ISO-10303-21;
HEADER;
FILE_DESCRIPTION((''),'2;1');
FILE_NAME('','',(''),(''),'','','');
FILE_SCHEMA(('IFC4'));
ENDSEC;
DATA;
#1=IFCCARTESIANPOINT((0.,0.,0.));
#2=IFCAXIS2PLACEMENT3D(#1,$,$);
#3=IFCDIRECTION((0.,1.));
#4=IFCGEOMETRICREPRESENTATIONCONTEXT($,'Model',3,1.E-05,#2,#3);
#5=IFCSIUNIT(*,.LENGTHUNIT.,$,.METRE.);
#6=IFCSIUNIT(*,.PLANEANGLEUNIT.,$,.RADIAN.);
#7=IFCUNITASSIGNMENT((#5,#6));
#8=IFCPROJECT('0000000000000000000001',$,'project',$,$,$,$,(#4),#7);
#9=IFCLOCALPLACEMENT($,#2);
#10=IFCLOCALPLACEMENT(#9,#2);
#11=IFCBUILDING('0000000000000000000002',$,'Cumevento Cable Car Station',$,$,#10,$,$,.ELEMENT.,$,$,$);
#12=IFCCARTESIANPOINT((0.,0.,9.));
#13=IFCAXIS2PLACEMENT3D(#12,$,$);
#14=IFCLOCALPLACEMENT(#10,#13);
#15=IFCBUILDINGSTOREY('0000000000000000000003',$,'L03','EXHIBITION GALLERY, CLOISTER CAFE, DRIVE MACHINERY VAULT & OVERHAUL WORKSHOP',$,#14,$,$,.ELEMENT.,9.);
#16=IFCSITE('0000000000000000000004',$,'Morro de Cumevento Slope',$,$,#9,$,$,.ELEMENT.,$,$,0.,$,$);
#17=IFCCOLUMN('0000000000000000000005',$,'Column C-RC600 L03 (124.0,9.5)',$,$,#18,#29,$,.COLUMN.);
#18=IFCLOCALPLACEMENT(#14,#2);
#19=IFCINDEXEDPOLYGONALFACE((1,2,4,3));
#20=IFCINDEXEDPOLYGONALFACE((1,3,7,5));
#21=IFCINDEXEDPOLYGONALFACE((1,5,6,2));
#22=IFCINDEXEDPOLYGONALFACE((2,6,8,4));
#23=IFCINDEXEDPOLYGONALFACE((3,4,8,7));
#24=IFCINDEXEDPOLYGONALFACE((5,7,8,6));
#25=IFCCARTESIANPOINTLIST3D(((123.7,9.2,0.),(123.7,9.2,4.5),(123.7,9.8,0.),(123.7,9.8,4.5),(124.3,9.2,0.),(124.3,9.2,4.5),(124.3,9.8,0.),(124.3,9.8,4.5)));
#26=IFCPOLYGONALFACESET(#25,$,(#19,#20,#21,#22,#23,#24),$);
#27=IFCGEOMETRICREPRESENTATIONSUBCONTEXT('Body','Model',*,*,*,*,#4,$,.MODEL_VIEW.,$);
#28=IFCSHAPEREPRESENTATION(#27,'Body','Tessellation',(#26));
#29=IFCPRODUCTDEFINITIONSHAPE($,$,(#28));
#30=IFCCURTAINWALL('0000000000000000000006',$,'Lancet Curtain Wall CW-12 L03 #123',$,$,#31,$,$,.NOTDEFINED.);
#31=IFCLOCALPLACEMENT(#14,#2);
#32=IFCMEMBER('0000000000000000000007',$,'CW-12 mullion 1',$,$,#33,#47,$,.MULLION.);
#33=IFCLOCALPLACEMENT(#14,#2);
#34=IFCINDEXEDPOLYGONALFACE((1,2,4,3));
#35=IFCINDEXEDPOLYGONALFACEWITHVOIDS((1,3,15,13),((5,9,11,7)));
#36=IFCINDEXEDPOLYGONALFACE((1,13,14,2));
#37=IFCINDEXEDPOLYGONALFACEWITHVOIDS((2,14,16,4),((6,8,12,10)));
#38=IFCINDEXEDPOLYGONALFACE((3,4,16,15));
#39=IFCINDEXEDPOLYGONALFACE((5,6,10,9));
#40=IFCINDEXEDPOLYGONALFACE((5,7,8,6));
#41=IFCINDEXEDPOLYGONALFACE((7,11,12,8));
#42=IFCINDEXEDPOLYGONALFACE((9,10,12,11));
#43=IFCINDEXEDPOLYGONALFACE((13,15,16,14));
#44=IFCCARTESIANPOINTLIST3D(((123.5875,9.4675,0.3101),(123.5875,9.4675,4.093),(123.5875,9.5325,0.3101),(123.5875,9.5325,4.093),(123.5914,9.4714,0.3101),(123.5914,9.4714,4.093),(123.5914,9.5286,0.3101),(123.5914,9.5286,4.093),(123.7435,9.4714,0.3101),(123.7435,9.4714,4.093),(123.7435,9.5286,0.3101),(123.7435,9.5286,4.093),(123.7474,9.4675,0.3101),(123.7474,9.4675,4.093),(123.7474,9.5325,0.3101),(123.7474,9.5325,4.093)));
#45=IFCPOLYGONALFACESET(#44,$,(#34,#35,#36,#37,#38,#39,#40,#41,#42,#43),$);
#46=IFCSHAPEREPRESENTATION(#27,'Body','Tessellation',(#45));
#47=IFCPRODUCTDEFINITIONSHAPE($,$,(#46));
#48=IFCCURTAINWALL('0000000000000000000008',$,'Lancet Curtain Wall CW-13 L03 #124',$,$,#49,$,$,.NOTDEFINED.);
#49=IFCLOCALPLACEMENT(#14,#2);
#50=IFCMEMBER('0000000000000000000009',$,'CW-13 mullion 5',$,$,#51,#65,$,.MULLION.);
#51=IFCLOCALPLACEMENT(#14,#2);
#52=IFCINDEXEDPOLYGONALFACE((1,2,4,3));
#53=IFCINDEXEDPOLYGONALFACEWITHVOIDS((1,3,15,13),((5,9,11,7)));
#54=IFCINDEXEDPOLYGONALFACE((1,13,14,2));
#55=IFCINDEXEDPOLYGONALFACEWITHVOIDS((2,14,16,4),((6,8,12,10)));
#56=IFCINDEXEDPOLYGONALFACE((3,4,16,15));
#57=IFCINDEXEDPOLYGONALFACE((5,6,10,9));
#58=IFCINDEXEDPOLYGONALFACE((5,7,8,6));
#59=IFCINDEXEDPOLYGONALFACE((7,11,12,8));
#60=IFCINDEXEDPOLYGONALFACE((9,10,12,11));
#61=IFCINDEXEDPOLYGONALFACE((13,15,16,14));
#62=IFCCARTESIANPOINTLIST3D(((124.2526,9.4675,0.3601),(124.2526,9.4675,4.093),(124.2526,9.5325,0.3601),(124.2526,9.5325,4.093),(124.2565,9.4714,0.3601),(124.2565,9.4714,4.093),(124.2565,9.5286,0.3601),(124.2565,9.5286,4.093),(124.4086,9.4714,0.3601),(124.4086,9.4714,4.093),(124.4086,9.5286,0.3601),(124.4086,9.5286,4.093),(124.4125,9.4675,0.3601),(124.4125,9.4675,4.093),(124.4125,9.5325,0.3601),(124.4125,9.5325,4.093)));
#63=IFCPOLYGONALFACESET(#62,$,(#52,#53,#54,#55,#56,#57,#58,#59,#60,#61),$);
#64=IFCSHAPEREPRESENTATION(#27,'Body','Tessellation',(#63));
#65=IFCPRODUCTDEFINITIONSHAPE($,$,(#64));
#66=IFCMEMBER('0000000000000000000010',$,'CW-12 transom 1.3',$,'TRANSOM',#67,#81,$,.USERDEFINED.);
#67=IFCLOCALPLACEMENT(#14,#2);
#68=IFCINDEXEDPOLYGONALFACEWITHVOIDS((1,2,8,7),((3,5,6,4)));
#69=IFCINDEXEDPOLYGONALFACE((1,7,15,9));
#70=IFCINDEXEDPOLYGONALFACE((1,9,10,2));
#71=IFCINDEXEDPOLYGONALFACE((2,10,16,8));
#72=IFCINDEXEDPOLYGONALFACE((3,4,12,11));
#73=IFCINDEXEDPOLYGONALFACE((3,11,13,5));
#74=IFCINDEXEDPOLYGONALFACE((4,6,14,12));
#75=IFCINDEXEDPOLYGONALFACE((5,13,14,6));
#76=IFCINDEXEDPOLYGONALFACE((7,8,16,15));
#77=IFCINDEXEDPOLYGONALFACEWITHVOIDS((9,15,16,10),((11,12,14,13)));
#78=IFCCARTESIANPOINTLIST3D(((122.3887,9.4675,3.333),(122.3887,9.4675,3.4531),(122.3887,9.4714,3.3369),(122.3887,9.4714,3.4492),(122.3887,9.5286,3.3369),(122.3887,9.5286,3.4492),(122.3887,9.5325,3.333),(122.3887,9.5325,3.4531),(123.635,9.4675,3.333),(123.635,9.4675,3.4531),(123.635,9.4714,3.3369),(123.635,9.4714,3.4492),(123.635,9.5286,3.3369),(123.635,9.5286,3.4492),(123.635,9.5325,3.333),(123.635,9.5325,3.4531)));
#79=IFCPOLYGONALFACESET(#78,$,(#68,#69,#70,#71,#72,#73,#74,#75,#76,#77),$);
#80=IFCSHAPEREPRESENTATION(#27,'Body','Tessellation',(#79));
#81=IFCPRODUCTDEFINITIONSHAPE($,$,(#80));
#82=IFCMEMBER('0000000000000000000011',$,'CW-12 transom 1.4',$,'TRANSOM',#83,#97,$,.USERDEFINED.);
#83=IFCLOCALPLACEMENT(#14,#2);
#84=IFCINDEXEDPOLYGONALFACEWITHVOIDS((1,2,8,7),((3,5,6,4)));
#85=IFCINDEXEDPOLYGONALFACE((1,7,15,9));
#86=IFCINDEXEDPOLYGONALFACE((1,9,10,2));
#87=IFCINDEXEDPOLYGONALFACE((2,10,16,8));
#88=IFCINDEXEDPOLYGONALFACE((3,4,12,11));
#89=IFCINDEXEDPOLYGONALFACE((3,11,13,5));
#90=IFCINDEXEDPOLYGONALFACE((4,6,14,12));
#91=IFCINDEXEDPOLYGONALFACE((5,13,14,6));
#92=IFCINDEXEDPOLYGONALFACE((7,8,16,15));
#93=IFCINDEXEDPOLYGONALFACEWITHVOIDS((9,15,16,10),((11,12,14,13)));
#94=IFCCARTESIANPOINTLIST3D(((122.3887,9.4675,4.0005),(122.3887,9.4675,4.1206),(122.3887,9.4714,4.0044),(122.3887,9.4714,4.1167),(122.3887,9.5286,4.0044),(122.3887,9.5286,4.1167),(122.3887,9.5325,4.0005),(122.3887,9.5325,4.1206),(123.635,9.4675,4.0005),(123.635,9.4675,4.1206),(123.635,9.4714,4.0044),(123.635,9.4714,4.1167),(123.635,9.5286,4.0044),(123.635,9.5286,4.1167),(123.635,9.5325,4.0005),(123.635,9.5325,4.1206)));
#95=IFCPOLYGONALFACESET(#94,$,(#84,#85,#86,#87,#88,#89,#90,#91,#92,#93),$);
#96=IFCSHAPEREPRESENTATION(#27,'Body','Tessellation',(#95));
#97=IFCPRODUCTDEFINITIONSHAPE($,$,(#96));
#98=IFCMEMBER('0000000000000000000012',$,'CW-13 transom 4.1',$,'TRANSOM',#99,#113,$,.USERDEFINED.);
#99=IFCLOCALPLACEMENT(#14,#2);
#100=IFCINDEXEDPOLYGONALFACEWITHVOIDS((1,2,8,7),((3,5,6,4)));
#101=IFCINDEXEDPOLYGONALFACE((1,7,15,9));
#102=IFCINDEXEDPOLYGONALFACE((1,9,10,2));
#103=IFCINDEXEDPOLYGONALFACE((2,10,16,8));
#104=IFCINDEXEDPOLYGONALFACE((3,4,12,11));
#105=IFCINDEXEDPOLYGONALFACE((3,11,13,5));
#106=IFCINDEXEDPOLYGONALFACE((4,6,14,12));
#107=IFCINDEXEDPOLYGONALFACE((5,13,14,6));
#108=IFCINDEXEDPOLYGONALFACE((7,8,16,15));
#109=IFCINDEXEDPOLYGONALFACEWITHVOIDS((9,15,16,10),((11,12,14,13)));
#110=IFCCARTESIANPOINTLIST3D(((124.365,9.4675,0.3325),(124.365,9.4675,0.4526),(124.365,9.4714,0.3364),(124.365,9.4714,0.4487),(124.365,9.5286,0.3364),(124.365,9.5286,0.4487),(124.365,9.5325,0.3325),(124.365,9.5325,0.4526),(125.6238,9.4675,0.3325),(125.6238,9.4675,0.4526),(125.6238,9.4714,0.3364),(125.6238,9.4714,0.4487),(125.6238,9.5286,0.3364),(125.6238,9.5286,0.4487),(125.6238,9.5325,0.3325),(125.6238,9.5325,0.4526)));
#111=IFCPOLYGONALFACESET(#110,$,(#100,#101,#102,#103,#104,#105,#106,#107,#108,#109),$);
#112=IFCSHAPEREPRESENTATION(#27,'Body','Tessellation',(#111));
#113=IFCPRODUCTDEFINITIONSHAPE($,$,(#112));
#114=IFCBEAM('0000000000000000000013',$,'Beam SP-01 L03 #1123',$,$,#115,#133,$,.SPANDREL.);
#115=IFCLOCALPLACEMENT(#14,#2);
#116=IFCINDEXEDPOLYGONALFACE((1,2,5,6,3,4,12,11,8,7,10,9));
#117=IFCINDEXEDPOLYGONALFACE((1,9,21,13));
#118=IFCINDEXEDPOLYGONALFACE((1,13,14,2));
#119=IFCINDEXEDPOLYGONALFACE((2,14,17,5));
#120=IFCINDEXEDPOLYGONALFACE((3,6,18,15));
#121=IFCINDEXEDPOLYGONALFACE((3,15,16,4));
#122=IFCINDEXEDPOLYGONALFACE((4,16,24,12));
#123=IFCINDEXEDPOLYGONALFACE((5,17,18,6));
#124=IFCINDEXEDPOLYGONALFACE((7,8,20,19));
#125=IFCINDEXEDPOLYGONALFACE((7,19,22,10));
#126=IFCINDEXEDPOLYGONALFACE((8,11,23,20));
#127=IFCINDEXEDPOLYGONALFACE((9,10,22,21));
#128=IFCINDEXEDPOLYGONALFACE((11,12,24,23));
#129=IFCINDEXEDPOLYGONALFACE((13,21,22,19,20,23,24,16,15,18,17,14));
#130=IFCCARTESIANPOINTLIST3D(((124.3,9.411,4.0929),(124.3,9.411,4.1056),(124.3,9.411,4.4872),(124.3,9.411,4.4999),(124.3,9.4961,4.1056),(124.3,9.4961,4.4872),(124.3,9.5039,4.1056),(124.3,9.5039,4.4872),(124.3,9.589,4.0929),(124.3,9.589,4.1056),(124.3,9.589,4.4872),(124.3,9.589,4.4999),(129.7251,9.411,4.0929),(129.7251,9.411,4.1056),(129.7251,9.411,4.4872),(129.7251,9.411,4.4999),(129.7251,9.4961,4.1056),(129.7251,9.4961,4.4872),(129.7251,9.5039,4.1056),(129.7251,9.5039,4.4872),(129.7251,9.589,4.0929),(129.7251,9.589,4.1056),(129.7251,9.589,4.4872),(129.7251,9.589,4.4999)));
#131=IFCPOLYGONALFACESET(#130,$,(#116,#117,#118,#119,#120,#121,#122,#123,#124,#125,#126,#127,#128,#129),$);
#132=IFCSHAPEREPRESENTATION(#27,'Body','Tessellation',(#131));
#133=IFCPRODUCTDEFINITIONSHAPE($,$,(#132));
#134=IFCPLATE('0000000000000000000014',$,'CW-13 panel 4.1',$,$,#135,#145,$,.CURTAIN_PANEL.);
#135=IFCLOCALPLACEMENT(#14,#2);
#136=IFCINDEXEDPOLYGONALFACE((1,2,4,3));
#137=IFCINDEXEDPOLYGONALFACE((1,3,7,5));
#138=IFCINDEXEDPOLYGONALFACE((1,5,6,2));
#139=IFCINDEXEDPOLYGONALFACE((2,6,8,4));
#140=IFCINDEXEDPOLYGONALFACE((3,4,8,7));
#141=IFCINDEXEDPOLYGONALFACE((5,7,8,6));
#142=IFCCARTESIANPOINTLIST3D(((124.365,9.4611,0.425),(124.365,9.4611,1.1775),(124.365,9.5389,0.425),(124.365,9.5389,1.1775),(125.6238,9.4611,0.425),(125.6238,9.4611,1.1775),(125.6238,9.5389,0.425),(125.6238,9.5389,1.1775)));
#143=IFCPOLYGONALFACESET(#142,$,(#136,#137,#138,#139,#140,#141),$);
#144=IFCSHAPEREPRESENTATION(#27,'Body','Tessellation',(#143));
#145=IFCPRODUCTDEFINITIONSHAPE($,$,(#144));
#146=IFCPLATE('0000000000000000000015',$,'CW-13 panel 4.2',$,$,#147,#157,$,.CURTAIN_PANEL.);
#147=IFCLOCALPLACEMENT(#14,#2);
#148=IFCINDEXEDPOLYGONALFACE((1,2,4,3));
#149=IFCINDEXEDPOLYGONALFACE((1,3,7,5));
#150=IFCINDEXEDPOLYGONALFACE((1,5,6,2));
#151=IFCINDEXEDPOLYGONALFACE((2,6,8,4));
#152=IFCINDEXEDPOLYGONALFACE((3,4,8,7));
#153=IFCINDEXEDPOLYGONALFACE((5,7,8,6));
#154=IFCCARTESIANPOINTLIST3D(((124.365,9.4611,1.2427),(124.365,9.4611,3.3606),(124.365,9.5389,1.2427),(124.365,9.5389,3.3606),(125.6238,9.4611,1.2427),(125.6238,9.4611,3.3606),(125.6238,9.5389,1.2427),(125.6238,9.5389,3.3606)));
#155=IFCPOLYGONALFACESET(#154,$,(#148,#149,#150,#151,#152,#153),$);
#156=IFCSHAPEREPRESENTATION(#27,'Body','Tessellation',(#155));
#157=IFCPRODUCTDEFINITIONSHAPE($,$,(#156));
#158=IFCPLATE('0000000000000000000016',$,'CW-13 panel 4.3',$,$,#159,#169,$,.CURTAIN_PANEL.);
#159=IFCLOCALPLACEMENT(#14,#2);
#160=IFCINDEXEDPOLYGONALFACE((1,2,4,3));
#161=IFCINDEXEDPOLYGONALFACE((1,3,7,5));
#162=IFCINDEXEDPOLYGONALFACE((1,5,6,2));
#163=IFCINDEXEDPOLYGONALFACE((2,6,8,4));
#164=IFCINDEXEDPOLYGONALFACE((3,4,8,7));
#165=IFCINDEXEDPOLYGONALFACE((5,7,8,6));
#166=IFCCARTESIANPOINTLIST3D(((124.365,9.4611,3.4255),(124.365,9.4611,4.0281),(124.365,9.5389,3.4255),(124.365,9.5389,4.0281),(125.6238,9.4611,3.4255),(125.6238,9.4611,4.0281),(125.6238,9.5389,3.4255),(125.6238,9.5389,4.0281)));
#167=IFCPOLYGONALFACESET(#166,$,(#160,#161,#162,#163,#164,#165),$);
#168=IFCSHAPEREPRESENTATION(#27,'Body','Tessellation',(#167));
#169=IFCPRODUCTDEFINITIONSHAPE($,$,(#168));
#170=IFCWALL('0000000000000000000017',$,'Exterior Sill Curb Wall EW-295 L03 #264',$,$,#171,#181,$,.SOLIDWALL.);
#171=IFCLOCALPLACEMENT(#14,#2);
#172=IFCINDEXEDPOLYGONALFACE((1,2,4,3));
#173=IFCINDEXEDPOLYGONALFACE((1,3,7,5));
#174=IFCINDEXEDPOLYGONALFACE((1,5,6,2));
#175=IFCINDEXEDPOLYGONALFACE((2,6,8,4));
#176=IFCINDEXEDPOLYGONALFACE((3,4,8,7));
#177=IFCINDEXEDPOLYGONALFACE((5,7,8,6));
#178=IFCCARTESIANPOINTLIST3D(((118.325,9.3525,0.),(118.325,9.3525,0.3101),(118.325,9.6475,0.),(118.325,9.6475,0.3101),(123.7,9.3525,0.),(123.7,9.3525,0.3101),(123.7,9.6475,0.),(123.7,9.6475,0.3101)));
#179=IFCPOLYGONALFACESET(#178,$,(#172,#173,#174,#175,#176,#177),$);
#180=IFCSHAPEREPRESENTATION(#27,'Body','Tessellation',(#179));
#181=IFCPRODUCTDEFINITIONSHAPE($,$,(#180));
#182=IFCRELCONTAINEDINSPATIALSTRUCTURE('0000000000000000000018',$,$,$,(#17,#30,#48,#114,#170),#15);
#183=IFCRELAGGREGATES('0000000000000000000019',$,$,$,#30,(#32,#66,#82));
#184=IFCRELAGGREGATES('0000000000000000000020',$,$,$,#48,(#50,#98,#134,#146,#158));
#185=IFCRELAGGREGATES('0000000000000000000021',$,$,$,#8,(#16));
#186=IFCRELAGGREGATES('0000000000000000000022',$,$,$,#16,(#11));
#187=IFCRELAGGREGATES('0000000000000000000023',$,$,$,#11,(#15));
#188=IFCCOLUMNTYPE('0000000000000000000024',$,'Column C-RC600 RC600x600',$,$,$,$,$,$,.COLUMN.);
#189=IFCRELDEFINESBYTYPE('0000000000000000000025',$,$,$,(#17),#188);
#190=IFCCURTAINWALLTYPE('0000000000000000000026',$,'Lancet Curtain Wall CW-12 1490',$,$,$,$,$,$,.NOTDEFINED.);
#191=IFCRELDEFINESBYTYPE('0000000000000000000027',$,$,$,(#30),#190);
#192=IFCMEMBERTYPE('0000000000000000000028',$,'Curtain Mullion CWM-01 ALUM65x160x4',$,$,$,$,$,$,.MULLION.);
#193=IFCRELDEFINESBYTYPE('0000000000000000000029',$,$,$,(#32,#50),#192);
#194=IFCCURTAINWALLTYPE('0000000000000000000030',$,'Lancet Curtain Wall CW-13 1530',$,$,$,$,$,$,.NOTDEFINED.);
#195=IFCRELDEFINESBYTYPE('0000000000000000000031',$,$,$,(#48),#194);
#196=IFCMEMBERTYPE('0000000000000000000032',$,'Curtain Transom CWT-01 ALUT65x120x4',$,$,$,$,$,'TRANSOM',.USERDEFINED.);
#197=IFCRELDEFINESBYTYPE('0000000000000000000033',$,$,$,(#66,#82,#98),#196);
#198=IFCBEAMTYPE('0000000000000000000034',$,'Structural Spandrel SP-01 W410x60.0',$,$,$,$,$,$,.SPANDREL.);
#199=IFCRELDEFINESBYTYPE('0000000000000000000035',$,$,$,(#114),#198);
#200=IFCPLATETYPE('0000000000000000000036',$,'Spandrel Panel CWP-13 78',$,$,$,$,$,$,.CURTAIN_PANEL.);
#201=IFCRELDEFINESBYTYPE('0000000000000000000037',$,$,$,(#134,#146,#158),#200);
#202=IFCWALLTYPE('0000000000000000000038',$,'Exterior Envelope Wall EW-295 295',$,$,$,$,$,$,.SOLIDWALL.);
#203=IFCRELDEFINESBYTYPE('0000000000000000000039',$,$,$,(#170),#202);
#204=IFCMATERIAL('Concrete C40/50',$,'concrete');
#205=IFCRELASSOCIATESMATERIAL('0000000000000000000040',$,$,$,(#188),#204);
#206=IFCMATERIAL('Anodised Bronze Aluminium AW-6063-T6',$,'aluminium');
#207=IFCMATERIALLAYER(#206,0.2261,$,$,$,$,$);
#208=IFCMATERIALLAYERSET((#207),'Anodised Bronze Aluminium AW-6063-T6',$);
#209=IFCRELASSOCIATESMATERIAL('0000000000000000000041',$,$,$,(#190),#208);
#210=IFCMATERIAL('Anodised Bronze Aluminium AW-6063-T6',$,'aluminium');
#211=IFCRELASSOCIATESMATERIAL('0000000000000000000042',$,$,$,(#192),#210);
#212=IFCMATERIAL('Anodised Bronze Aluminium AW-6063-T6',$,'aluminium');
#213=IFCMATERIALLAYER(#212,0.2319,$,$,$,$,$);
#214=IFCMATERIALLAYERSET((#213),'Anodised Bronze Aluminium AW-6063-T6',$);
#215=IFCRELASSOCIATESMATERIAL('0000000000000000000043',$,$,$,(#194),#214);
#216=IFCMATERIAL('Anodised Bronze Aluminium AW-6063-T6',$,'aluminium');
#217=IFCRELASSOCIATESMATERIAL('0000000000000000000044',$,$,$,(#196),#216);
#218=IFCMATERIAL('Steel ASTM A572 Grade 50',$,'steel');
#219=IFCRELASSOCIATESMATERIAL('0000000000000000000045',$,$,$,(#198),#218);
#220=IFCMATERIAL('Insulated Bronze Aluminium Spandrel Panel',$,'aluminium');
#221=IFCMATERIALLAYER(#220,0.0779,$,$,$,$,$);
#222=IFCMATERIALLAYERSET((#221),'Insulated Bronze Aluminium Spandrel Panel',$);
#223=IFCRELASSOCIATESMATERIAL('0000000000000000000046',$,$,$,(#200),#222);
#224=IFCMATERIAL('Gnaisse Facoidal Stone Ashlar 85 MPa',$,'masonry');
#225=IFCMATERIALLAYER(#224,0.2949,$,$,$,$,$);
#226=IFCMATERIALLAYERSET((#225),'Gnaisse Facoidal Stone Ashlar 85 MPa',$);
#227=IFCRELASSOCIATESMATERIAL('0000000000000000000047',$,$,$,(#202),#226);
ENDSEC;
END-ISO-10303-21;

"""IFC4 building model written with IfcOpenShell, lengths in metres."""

from ifc_helpers import new_model, si_unit, direction, frame, frame_2d, origin, origin_2d, place, context, subcontext, project, spatial, rectangle, hollow_rectangle, i_section, extrude, material, layer, layer_set, material_profile, profile_set, type_object, element, aggregate, save


model = new_model("IFC4")

# Units and contexts
model_context = context("Model", 3, precision=1e-05, world=origin(), true_north=direction((0.0, 1.0)))
body_context = subcontext(model_context, "Body", "Model", "MODEL_VIEW")
ifc_project = project(units=[si_unit("LENGTHUNIT", "METRE"), si_unit("PLANEANGLEUNIT", "RADIAN")], contexts=[model_context])

# Site, building, storey
site_placement = place(None, origin())
site = spatial("IfcSite", under=ifc_project, at=site_placement, Name="Morro de Cumevento Slope", CompositionType="ELEMENT", RefElevation=0.0)
building_placement = place(site_placement, origin())
building = spatial("IfcBuilding", under=site, at=building_placement, Name="Cumevento Cable Car Station", CompositionType="ELEMENT")
storey_placement = place(building_placement, frame((0.0, 0.0, 9.0)))
storey = spatial("IfcBuildingStorey", under=building, at=storey_placement, Name="L03", Description="EXHIBITION GALLERY, CLOISTER CAFE, DRIVE MACHINERY VAULT & OVERHAUL WORKSHOP", CompositionType="ELEMENT", Elevation=9.0)

# Column
ifc_material_1 = material(Name="Concrete C40/50", Category="concrete")
ifc_material_profile_1 = material_profile(ifc_material_1, rectangle(XDim=0.6001, YDim=0.6001, at=origin_2d()), Name="RC600x600")
ifc_profile_set_1 = profile_set([ifc_material_profile_1], Name="Concrete C40/50")
column_type = type_object("IfcColumnType", Name="Column C-RC600 RC600x600", PredefinedType="COLUMN", material=ifc_profile_set_1)
column_placement = place(storey_placement, frame((124.0, 9.5, 0.0), z_axis=(0.0, 0.0, 1.0), x_axis=(1.0, 0.0, 0.0)))
element("IfcColumn", 1, at=column_placement, inside=storey, type_object=column_type, Name="Column C-RC600 L03 (124.0,9.5)", PredefinedType="COLUMN", context=body_context, shape_type="SweptSolid", body=[
    extrude(rectangle(XDim=0.6001, YDim=0.6001, at=origin_2d()), origin(), (0.0, 0.0, 1.0), 4.5),
])

# Curtain walls, members
ifc_material_2 = material(Name="Anodised Bronze Aluminium AW-6063-T6", Category="aluminium")
ifc_layer_1 = layer(ifc_material_2, 0.2261)
ifc_layer_set_1 = layer_set([ifc_layer_1], Name="Anodised Bronze Aluminium AW-6063-T6")
curtain_wall_type_1 = type_object("IfcCurtainWallType", Name="Lancet Curtain Wall CW-12 1490", PredefinedType="NOTDEFINED", material=ifc_layer_set_1)
curtain_wall_1_placement = place(storey_placement, origin())
curtain_wall_1 = element("IfcCurtainWall", 2, at=curtain_wall_1_placement, inside=storey, type_object=curtain_wall_type_1, Name="Lancet Curtain Wall CW-12 L03 #123", PredefinedType="NOTDEFINED")
ifc_material_3 = material(Name="Anodised Bronze Aluminium AW-6063-T6", Category="aluminium")
ifc_material_profile_2 = material_profile(ifc_material_3, hollow_rectangle(XDim=0.0649, YDim=0.1599, WallThickness=0.0039, at=origin_2d()), Name="ALUM65x160x4")
ifc_profile_set_2 = profile_set([ifc_material_profile_2], Name="Anodised Bronze Aluminium AW-6063-T6")
member_type_1 = type_object("IfcMemberType", Name="Curtain Mullion CWM-01 ALUM65x160x4", PredefinedType="MULLION", material=ifc_profile_set_2)
member_1_placement = place(storey_placement, frame((123.6675, 9.5, 0.3101), z_axis=(0.0, 0.0, 1.0), x_axis=(0.0, -1.0, 0.0)))
member_1 = element("IfcMember", 3, at=member_1_placement, type_object=member_type_1, Name="CW-12 mullion 1", PredefinedType="MULLION", context=body_context, shape_type="SweptSolid", body=[
    extrude(hollow_rectangle(XDim=0.0649, YDim=0.1599, WallThickness=0.0039, at=origin_2d()), origin(), (0.0, 0.0, 1.0), 3.783),
])
ifc_material_4 = material(Name="Anodised Bronze Aluminium AW-6063-T6", Category="aluminium")
ifc_layer_2 = layer(ifc_material_4, 0.2319)
ifc_layer_set_2 = layer_set([ifc_layer_2], Name="Anodised Bronze Aluminium AW-6063-T6")
curtain_wall_type_2 = type_object("IfcCurtainWallType", Name="Lancet Curtain Wall CW-13 1530", PredefinedType="NOTDEFINED", material=ifc_layer_set_2)
curtain_wall_2_placement = place(storey_placement, origin())
curtain_wall_2 = element("IfcCurtainWall", 4, at=curtain_wall_2_placement, inside=storey, type_object=curtain_wall_type_2, Name="Lancet Curtain Wall CW-13 L03 #124", PredefinedType="NOTDEFINED")
member_2_placement = place(storey_placement, frame((124.3325, 9.5, 0.3601), z_axis=(0.0, 0.0, 1.0), x_axis=(0.0, -1.0, 0.0)))
member_2 = element("IfcMember", 5, at=member_2_placement, type_object=member_type_1, Name="CW-13 mullion 5", PredefinedType="MULLION", context=body_context, shape_type="SweptSolid", body=[
    extrude(hollow_rectangle(XDim=0.0649, YDim=0.1599, WallThickness=0.0039, at=origin_2d()), origin(), (0.0, 0.0, 1.0), 3.7329),
])

# Members
ifc_material_5 = material(Name="Anodised Bronze Aluminium AW-6063-T6", Category="aluminium")
ifc_material_profile_3 = material_profile(ifc_material_5, hollow_rectangle(XDim=0.0649, YDim=0.1201, WallThickness=0.0039, at=origin_2d()), Name="ALUT65x120x4")
ifc_profile_set_3 = profile_set([ifc_material_profile_3], Name="Anodised Bronze Aluminium AW-6063-T6")
member_type_2 = type_object("IfcMemberType", Name="Curtain Transom CWT-01 ALUT65x120x4", ElementType="TRANSOM", PredefinedType="USERDEFINED", material=ifc_profile_set_3)
member_3_placement = place(storey_placement, frame((123.635, 9.5, 3.3931), z_axis=(-1.0, 0.0, 0.0), x_axis=(0.0, -1.0, 0.0)))
member_3 = element("IfcMember", 6, at=member_3_placement, type_object=member_type_2, Name="CW-12 transom 1.3", ObjectType="TRANSOM", PredefinedType="USERDEFINED", context=body_context, shape_type="SweptSolid", body=[
    extrude(hollow_rectangle(XDim=0.0649, YDim=0.1201, WallThickness=0.0039, at=origin_2d()), origin(), (0.0, 0.0, 1.0), 1.2463),
])
member_4_placement = place(storey_placement, frame((123.635, 9.5, 4.0605), z_axis=(-1.0, 0.0, 0.0), x_axis=(0.0, -1.0, 0.0)))
member_4 = element("IfcMember", 7, at=member_4_placement, type_object=member_type_2, Name="CW-12 transom 1.4", ObjectType="TRANSOM", PredefinedType="USERDEFINED", context=body_context, shape_type="SweptSolid", body=[
    extrude(hollow_rectangle(XDim=0.0649, YDim=0.1201, WallThickness=0.0039, at=origin_2d()), origin(), (0.0, 0.0, 1.0), 1.2463),
])
aggregate(curtain_wall_1, [member_1, member_3, member_4])
member_5_placement = place(storey_placement, frame((125.6238, 9.5, 0.3926), z_axis=(-1.0, 0.0, 0.0), x_axis=(0.0, -1.0, 0.0)))
member_5 = element("IfcMember", 8, at=member_5_placement, type_object=member_type_2, Name="CW-13 transom 4.1", ObjectType="TRANSOM", PredefinedType="USERDEFINED", context=body_context, shape_type="SweptSolid", body=[
    extrude(hollow_rectangle(XDim=0.0649, YDim=0.1201, WallThickness=0.0039, at=origin_2d()), origin(), (0.0, 0.0, 1.0), 1.2588),
])

# Beam
ifc_material_6 = material(Name="Steel ASTM A572 Grade 50", Category="steel")
ifc_material_profile_4 = material_profile(ifc_material_6, i_section(OverallWidth=0.178, OverallDepth=0.407, WebThickness=0.0078, FlangeThickness=0.0127, at=origin_2d()), Name="W410x60.0")
ifc_profile_set_4 = profile_set([ifc_material_profile_4], Name="Steel ASTM A572 Grade 50")
beam_type = type_object("IfcBeamType", Name="Structural Spandrel SP-01 W410x60.0", PredefinedType="SPANDREL", material=ifc_profile_set_4)
beam_placement = place(storey_placement, frame((124.3, 9.5, 4.2964), z_axis=(1.0, 0.0, 0.0), x_axis=(0.0, 1.0, 0.0)))
element("IfcBeam", 9, at=beam_placement, inside=storey, type_object=beam_type, Name="Beam SP-01 L03 #1123", PredefinedType="SPANDREL", context=body_context, shape_type="SweptSolid", body=[
    extrude(i_section(OverallWidth=0.178, OverallDepth=0.407, WebThickness=0.0078, FlangeThickness=0.0127, at=origin_2d()), origin(), (0.0, 0.0, 1.0), 5.425),
])

# Plates
ifc_material_7 = material(Name="Insulated Bronze Aluminium Spandrel Panel", Category="aluminium")
ifc_layer_3 = layer(ifc_material_7, 0.0779)
ifc_layer_set_3 = layer_set([ifc_layer_3], Name="Insulated Bronze Aluminium Spandrel Panel")
plate_type = type_object("IfcPlateType", Name="Spandrel Panel CWP-13 78", PredefinedType="CURTAIN_PANEL", material=ifc_layer_set_3)
plate_1_placement = place(storey_placement, frame((124.9944, 9.5, 0.425), z_axis=(0.0, 0.0, 1.0), x_axis=(-1.0, 0.0, 0.0)))
plate_1 = element("IfcPlate", 10, at=plate_1_placement, type_object=plate_type, Name="CW-13 panel 4.1", PredefinedType="CURTAIN_PANEL", context=body_context, shape_type="SweptSolid", body=[
    extrude(rectangle(XDim=1.2588, YDim=0.0779, at=origin_2d()), origin(), (0.0, 0.0, 1.0), 0.7524),
])
plate_2_placement = place(storey_placement, frame((124.9944, 9.5, 1.2427), z_axis=(0.0, 0.0, 1.0), x_axis=(-1.0, 0.0, 0.0)))
plate_2 = element("IfcPlate", 11, at=plate_2_placement, type_object=plate_type, Name="CW-13 panel 4.2", PredefinedType="CURTAIN_PANEL", context=body_context, shape_type="SweptSolid", body=[
    extrude(rectangle(XDim=1.2588, YDim=0.0779, at=origin_2d()), origin(), (0.0, 0.0, 1.0), 2.1179),
])
plate_3_placement = place(storey_placement, frame((124.9944, 9.5, 3.4255), z_axis=(0.0, 0.0, 1.0), x_axis=(-1.0, 0.0, 0.0)))
plate_3 = element("IfcPlate", 12, at=plate_3_placement, type_object=plate_type, Name="CW-13 panel 4.3", PredefinedType="CURTAIN_PANEL", context=body_context, shape_type="SweptSolid", body=[
    extrude(rectangle(XDim=1.2588, YDim=0.0779, at=origin_2d()), origin(), (0.0, 0.0, 1.0), 0.6025),
])
aggregate(curtain_wall_2, [member_2, member_5, plate_1, plate_2, plate_3])

# Wall
ifc_material_8 = material(Name="Gnaisse Facoidal Stone Ashlar 85 MPa", Category="masonry")
ifc_layer_4 = layer(ifc_material_8, 0.2949)
ifc_layer_set_4 = layer_set([ifc_layer_4], Name="Gnaisse Facoidal Stone Ashlar 85 MPa")
wall_type = type_object("IfcWallType", Name="Exterior Envelope Wall EW-295 295", PredefinedType="SOLIDWALL", material=ifc_layer_set_4)
wall_placement = place(storey_placement, frame((123.7, 9.5, 0.0), z_axis=(0.0, 0.0, 1.0), x_axis=(-1.0, 0.0, 0.0)))
element("IfcWall", 13, at=wall_placement, inside=storey, type_object=wall_type, Name="Exterior Sill Curb Wall EW-295 L03 #264", PredefinedType="SOLIDWALL", context=body_context, shape_type="SweptSolid", body=[
    extrude(rectangle(XDim=5.375, YDim=0.2949, at=frame_2d((2.6875, 0.0))), origin(), (0.0, 0.0, 1.0), 0.3101),
])

save(model, "model.ifc")
